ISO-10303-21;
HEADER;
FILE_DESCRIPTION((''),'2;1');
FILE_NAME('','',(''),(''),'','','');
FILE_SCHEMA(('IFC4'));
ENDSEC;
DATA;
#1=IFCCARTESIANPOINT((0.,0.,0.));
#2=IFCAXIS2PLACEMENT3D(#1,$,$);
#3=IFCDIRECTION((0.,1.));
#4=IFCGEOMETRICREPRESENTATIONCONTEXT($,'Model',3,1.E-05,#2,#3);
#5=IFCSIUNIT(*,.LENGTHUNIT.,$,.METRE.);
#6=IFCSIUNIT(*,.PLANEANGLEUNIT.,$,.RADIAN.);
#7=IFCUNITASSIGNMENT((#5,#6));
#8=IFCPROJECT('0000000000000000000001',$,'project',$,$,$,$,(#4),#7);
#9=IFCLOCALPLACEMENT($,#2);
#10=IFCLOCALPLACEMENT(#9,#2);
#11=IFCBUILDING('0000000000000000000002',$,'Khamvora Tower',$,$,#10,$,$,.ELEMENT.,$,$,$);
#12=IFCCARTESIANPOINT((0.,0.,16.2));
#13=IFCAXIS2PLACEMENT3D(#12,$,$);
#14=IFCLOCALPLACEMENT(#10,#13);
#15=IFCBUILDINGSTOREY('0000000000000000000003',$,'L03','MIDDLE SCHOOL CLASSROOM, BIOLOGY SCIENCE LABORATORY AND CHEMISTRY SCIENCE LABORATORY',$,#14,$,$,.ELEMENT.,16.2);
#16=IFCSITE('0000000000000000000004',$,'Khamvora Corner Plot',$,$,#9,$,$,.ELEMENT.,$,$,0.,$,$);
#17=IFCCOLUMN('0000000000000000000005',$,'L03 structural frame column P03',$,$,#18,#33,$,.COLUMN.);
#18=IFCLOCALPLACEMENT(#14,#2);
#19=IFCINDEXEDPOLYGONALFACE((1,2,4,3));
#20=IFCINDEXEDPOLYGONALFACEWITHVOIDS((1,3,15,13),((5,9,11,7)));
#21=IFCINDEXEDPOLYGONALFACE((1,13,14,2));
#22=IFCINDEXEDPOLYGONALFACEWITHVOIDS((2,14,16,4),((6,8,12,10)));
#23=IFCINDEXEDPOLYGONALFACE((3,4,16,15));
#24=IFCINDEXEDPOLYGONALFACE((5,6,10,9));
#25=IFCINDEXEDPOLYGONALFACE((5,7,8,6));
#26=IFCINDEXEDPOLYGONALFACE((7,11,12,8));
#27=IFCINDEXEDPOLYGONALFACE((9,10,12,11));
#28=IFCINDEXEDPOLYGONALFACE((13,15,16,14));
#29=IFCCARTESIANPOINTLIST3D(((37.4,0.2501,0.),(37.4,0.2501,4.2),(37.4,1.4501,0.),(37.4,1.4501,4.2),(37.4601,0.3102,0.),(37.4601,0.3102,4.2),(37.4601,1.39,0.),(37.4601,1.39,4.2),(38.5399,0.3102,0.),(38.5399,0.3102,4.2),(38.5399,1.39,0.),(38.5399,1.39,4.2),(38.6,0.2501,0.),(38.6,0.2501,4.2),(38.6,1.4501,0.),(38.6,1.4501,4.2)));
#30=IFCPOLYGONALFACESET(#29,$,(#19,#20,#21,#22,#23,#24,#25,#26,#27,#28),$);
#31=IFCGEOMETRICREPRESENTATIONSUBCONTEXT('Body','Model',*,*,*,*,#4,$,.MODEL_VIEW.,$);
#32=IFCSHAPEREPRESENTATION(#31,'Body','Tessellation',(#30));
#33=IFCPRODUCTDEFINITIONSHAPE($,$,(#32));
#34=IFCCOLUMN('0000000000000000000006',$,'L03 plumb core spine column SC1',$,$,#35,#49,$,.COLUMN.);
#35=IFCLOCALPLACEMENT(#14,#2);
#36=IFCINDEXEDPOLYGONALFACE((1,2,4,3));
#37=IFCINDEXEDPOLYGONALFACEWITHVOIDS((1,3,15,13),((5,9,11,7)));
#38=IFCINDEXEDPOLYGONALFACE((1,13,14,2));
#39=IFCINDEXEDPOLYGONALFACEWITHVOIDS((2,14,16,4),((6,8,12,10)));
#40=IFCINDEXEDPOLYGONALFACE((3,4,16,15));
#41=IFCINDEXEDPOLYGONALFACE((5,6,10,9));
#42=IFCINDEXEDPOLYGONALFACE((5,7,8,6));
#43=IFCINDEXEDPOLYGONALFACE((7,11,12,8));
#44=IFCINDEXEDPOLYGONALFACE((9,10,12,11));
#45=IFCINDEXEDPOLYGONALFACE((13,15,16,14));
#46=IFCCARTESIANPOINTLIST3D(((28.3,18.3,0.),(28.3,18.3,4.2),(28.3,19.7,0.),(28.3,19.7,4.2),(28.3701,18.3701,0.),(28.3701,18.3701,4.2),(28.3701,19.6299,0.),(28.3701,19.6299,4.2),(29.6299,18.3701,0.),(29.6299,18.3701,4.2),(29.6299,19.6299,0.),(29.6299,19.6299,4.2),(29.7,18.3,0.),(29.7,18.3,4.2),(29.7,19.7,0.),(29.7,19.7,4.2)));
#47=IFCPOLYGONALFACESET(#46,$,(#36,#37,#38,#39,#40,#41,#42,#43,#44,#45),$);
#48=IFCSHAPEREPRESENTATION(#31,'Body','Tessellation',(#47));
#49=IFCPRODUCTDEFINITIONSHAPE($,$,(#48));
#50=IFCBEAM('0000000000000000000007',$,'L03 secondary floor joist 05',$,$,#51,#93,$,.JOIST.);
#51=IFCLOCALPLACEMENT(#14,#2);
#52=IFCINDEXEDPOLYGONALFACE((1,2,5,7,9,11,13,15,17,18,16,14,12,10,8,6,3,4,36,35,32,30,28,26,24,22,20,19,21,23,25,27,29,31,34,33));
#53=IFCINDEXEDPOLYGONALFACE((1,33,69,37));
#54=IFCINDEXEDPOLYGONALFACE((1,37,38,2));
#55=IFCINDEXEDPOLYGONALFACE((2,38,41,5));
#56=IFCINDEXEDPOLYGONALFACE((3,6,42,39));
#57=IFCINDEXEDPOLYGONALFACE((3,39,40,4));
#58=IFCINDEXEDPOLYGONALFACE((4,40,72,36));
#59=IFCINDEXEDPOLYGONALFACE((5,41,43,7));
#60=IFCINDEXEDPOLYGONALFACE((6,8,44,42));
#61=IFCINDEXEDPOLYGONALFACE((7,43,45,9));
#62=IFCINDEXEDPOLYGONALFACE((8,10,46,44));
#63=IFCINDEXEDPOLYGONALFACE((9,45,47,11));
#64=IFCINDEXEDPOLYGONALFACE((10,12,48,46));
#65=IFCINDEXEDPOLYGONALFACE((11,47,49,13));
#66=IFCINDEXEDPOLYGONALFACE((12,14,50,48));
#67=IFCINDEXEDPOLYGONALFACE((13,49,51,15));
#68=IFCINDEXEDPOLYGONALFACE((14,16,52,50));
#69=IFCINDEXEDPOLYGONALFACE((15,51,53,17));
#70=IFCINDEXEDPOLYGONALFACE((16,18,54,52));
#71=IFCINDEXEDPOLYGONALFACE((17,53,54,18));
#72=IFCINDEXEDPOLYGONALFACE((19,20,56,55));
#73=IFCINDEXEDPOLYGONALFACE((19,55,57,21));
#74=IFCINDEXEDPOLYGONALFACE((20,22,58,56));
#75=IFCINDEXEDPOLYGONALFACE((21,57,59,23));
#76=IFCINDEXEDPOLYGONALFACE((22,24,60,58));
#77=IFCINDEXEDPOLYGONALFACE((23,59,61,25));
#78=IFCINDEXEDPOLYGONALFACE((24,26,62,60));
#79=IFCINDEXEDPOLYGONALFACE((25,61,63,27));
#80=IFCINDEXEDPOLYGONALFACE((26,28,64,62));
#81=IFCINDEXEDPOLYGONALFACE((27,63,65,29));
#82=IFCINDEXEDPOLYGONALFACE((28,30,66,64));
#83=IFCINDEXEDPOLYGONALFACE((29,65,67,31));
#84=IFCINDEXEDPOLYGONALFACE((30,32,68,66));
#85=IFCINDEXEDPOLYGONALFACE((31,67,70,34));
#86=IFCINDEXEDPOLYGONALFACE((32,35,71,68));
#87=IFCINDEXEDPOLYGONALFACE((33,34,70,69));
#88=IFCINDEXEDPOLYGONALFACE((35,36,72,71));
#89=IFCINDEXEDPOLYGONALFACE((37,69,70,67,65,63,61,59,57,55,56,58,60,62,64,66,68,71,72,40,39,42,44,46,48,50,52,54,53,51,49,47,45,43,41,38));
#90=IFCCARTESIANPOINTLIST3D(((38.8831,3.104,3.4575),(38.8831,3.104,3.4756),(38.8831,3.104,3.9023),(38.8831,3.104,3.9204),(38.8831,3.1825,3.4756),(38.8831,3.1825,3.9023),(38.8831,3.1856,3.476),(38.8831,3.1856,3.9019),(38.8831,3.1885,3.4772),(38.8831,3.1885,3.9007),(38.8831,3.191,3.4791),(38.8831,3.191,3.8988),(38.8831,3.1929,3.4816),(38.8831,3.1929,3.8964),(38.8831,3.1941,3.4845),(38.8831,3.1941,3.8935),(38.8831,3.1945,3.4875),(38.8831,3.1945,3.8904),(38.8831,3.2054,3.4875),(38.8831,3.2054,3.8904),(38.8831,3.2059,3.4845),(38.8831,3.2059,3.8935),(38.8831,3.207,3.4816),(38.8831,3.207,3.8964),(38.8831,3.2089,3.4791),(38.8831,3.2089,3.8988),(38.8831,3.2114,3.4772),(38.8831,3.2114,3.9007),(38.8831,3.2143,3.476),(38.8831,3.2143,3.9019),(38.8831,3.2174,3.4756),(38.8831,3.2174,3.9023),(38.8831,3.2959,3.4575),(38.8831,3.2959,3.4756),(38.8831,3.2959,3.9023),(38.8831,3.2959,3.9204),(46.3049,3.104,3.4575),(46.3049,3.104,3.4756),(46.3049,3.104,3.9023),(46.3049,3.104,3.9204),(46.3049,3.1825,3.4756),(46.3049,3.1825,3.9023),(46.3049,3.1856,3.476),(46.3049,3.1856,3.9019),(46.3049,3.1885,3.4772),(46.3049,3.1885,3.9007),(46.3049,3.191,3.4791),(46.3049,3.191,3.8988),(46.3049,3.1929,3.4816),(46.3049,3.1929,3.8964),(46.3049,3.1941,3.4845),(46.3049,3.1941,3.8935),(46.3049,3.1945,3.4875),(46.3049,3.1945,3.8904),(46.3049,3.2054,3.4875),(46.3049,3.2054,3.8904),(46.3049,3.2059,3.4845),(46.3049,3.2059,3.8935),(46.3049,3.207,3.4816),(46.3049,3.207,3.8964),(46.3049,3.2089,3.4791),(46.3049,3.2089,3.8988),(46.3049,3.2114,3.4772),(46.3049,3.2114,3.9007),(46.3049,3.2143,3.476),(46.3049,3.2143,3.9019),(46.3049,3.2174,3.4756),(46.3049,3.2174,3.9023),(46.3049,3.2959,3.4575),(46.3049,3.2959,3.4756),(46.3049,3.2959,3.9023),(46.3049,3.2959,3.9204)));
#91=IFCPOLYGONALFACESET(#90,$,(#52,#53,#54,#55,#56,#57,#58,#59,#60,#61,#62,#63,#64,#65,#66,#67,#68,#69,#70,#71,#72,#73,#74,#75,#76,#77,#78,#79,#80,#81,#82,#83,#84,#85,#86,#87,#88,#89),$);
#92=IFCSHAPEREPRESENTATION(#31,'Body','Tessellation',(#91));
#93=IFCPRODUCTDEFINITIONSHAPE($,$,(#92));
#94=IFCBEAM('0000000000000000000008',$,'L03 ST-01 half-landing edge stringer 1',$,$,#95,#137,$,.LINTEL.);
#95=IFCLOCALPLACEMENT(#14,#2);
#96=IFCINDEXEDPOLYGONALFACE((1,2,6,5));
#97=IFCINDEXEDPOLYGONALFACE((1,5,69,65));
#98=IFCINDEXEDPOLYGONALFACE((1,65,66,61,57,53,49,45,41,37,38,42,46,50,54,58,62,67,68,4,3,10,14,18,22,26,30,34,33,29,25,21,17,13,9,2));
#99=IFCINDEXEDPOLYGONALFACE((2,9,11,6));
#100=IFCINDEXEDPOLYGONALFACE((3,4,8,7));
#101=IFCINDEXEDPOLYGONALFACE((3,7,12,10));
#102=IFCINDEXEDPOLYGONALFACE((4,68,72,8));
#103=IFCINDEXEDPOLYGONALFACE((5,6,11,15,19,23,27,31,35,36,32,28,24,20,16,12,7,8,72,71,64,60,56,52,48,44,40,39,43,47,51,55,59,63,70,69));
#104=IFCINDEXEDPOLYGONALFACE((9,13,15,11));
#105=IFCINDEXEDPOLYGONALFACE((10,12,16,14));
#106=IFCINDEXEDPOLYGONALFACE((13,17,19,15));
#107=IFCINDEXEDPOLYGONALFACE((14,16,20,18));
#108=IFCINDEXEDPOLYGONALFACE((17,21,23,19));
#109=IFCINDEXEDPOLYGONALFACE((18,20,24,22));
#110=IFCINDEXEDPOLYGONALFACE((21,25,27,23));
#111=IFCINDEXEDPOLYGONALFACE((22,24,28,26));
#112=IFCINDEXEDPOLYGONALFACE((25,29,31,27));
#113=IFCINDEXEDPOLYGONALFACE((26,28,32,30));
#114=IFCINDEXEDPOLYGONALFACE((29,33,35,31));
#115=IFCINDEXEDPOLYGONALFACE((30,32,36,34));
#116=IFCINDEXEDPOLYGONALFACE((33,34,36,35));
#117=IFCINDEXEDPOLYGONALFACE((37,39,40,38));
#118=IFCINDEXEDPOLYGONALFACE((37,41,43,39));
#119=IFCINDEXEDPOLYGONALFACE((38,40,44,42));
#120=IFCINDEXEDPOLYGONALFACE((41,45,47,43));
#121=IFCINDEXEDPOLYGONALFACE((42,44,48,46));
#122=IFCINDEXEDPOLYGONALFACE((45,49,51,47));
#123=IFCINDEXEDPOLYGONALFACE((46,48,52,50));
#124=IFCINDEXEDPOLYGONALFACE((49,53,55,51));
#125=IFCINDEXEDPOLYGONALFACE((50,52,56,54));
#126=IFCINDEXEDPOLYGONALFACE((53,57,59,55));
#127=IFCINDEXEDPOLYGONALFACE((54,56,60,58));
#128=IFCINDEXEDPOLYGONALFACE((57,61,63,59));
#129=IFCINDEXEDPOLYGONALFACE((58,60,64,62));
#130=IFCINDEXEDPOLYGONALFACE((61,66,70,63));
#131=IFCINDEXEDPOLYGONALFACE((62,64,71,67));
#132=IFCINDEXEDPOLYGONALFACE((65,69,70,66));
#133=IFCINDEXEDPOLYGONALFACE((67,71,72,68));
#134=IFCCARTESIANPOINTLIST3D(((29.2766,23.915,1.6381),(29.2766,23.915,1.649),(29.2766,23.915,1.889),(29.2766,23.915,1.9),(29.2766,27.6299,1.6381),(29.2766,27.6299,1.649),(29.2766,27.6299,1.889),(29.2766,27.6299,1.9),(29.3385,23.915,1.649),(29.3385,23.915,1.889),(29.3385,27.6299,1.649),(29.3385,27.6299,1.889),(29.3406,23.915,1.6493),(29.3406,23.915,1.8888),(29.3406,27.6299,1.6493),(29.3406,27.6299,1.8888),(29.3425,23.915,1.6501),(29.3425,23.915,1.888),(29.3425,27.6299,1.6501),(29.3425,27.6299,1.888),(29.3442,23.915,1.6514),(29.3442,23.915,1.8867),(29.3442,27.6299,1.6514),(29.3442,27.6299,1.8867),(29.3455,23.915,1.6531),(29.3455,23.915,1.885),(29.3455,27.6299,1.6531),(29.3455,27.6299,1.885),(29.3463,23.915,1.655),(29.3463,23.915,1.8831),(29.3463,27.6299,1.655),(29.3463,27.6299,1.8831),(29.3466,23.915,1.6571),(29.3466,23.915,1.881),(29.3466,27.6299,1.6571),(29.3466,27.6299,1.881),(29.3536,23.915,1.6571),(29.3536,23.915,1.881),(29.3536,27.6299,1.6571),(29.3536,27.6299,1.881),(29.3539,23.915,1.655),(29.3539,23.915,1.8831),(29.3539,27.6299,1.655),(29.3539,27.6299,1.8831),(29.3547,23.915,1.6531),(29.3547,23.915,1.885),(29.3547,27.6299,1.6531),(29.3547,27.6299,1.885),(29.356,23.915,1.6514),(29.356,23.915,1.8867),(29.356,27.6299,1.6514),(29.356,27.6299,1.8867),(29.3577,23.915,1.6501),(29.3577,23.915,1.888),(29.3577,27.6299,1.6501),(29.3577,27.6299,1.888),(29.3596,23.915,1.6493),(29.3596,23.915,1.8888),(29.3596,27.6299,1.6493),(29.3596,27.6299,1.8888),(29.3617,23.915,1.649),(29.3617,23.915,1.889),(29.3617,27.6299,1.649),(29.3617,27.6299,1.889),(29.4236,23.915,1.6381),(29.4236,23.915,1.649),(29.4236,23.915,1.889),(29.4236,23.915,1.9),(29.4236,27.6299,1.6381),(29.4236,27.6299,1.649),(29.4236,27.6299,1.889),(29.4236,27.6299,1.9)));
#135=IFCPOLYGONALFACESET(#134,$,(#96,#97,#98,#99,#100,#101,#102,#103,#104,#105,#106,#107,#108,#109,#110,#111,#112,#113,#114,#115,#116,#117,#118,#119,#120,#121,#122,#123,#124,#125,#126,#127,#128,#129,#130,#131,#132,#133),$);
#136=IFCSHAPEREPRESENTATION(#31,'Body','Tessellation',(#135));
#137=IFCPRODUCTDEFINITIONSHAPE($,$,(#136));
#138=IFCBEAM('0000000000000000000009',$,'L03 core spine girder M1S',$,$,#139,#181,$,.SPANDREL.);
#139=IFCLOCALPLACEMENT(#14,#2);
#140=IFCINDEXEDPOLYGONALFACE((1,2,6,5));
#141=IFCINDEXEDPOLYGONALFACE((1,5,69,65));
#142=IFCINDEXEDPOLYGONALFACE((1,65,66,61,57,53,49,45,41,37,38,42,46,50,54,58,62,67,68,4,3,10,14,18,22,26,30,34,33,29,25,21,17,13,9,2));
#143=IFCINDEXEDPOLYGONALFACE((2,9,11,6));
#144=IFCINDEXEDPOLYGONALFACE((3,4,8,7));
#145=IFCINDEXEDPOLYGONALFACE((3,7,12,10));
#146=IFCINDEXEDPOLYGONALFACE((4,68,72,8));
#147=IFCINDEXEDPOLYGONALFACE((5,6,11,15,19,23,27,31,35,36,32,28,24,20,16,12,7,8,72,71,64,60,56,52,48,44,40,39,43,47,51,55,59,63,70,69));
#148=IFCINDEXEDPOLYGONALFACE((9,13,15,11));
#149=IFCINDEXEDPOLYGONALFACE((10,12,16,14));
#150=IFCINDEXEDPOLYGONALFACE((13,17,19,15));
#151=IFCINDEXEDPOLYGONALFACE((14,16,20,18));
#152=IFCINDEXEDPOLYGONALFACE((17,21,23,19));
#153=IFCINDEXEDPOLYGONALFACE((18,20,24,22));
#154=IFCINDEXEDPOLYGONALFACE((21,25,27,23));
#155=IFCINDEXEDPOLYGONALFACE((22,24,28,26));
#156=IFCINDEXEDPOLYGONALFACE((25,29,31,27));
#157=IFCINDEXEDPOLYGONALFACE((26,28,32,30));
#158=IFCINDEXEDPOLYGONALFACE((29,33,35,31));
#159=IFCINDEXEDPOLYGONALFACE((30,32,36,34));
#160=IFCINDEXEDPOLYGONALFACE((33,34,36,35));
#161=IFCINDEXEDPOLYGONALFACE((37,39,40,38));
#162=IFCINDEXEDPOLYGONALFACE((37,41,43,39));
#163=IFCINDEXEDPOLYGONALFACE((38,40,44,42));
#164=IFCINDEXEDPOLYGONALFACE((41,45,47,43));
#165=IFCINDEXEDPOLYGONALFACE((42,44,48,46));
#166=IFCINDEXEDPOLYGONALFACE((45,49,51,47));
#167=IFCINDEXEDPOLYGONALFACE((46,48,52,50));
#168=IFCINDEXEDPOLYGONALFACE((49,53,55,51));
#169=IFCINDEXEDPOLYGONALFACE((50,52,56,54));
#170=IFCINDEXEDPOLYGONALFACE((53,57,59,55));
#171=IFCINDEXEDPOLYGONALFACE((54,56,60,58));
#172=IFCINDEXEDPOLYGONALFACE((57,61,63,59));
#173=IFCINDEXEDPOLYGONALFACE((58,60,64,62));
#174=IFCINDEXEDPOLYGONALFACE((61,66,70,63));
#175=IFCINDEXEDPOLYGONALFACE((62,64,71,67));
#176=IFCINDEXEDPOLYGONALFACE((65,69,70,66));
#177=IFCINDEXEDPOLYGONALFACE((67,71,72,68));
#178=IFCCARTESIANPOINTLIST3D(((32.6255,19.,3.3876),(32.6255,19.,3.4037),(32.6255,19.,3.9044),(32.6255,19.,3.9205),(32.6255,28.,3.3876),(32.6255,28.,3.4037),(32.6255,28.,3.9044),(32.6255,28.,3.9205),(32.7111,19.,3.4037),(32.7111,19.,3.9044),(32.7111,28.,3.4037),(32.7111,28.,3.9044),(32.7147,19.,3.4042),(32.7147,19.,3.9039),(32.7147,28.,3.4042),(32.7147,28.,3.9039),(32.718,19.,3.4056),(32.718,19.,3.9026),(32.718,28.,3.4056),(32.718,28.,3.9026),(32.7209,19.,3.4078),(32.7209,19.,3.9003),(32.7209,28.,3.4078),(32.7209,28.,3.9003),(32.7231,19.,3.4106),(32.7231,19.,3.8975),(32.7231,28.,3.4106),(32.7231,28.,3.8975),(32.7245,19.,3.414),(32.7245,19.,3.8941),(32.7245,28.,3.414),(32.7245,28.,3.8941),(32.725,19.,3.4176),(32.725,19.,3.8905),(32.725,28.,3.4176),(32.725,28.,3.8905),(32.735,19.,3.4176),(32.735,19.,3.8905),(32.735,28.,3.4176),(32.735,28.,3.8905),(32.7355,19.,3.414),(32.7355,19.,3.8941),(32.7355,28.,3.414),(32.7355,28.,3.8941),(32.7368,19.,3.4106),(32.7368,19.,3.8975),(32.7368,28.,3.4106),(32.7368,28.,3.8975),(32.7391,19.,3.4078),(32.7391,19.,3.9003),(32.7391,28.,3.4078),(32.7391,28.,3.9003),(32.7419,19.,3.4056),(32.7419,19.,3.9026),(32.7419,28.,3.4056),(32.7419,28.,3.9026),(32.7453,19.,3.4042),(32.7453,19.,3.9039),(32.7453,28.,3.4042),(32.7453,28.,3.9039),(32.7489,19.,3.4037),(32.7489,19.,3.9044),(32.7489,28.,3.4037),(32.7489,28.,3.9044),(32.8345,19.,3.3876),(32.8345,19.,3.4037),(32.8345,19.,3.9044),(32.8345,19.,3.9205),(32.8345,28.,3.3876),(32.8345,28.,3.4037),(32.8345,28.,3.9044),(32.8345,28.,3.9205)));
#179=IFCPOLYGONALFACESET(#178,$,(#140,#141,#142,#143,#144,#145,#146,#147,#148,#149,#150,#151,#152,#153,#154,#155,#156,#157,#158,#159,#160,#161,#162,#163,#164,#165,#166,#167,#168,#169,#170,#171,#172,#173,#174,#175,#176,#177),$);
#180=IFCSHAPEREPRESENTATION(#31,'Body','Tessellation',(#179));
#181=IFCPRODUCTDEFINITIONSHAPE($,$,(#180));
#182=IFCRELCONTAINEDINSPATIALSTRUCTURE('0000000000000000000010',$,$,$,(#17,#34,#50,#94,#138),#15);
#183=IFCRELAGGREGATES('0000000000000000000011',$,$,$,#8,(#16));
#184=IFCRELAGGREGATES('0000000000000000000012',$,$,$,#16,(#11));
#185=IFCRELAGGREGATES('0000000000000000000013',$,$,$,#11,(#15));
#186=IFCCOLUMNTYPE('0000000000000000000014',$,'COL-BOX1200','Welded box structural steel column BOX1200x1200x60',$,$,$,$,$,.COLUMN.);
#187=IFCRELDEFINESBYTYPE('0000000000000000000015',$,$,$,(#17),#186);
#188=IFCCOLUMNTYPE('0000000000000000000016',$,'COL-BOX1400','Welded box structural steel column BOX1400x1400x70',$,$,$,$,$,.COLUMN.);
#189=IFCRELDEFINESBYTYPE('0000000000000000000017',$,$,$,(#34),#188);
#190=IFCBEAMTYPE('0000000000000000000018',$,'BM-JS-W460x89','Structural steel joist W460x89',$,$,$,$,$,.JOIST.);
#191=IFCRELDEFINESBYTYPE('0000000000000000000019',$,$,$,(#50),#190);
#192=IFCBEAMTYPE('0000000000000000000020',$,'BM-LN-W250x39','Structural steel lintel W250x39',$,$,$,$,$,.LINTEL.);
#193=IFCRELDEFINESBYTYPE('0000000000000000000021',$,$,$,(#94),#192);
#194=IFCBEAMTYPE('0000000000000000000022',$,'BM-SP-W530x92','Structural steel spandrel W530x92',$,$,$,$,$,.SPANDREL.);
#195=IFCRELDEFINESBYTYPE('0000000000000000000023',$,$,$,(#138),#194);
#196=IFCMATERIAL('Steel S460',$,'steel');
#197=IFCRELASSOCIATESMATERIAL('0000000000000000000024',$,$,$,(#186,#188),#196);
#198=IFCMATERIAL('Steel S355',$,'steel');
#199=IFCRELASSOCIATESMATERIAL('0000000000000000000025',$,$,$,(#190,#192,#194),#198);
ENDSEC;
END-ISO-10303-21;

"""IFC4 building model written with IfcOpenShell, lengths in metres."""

from ifc_helpers import new_model, si_unit, direction, frame, origin, origin_2d, place, context, subcontext, project, spatial, hollow_rectangle, i_section, extrude, material, material_profile, profile_set, type_object, element, save


model = new_model("IFC4")

# Units and contexts
model_context = context("Model", 3, precision=1e-05, world=origin(), true_north=direction((0.0, 1.0)))
body_context = subcontext(model_context, "Body", "Model", "MODEL_VIEW")
ifc_project = project(units=[si_unit("LENGTHUNIT", "METRE"), si_unit("PLANEANGLEUNIT", "RADIAN")], contexts=[model_context])

# Site, building, storey
site_placement = place(None, origin())
site = spatial("IfcSite", under=ifc_project, at=site_placement, Name="Khamvora Corner Plot", CompositionType="ELEMENT", RefElevation=0.0)
building_placement = place(site_placement, origin())
building = spatial("IfcBuilding", under=site, at=building_placement, Name="Khamvora Tower", CompositionType="ELEMENT")
storey_placement = place(building_placement, frame((0.0, 0.0, 16.2)))
storey = spatial("IfcBuildingStorey", under=building, at=storey_placement, Name="L03", Description="MIDDLE SCHOOL CLASSROOM, BIOLOGY SCIENCE LABORATORY AND CHEMISTRY SCIENCE LABORATORY", CompositionType="ELEMENT", Elevation=16.2)

# Columns
ifc_material_1 = material(Name="Steel S460", Category="steel")
ifc_material_profile_1 = material_profile(ifc_material_1, hollow_rectangle(XDim=1.2, YDim=1.2, WallThickness=0.0601, at=origin_2d()), Name="BOX1200x1200x60")
ifc_profile_set_1 = profile_set([ifc_material_profile_1], Name="Steel S460")
column_type_1 = type_object("IfcColumnType", Name="COL-BOX1200", Description="Welded box structural steel column BOX1200x1200x60", PredefinedType="COLUMN", material=ifc_profile_set_1)
column_1_placement = place(storey_placement, frame((38.0, 0.8501, 0.0), z_axis=(0.0, 0.0, 1.0), x_axis=(1.0, 0.0, 0.0)))
element("IfcColumn", 1, at=column_1_placement, inside=storey, type_object=column_type_1, Name="L03 structural frame column P03", PredefinedType="COLUMN", context=body_context, shape_type="SweptSolid", body=[
    extrude(hollow_rectangle(XDim=1.2, YDim=1.2, WallThickness=0.0601, at=origin_2d()), origin(), (0.0, 0.0, 1.0), 4.2),
])
ifc_material_profile_2 = material_profile(ifc_material_1, hollow_rectangle(XDim=1.3999, YDim=1.3999, WallThickness=0.0701, at=origin_2d()), Name="BOX1400x1400x70")
ifc_profile_set_2 = profile_set([ifc_material_profile_2], Name="Steel S460")
column_type_2 = type_object("IfcColumnType", Name="COL-BOX1400", Description="Welded box structural steel column BOX1400x1400x70", PredefinedType="COLUMN", material=ifc_profile_set_2)
column_2_placement = place(storey_placement, frame((29.0, 19.0, 0.0), z_axis=(0.0, 0.0, 1.0), x_axis=(1.0, 0.0, 0.0)))
element("IfcColumn", 2, at=column_2_placement, inside=storey, type_object=column_type_2, Name="L03 plumb core spine column SC1", PredefinedType="COLUMN", context=body_context, shape_type="SweptSolid", body=[
    extrude(hollow_rectangle(XDim=1.3999, YDim=1.3999, WallThickness=0.0701, at=origin_2d()), origin(), (0.0, 0.0, 1.0), 4.2),
])

# Beams
ifc_material_2 = material(Name="Steel S355", Category="steel")
ifc_material_profile_3 = material_profile(ifc_material_2, i_section(OverallWidth=0.1919, OverallDepth=0.4629, WebThickness=0.011, FlangeThickness=0.0181, FilletRadius=0.012, at=origin_2d()), Name="W460x89")
ifc_profile_set_3 = profile_set([ifc_material_profile_3], Name="Steel S355")
beam_type_1 = type_object("IfcBeamType", Name="BM-JS-W460x89", Description="Structural steel joist W460x89", PredefinedType="JOIST", material=ifc_profile_set_3)
beam_1_placement = place(storey_placement, frame((38.8831, 3.2, 3.689), z_axis=(1.0, 0.0, 0.0), x_axis=(0.0, 1.0, 0.0)))
element("IfcBeam", 3, at=beam_1_placement, inside=storey, type_object=beam_type_1, Name="L03 secondary floor joist 05", PredefinedType="JOIST", context=body_context, shape_type="SweptSolid", body=[
    extrude(i_section(OverallWidth=0.1919, OverallDepth=0.4629, WebThickness=0.011, FlangeThickness=0.0181, FilletRadius=0.012, at=origin_2d()), origin(), (0.0, 0.0, 1.0), 7.4219),
])
ifc_material_profile_4 = material_profile(ifc_material_2, i_section(OverallWidth=0.147, OverallDepth=0.262, WebThickness=0.0071, FlangeThickness=0.011, FilletRadius=0.0081, at=origin_2d()), Name="W250x39")
ifc_profile_set_4 = profile_set([ifc_material_profile_4], Name="Steel S355")
beam_type_2 = type_object("IfcBeamType", Name="BM-LN-W250x39", Description="Structural steel lintel W250x39", PredefinedType="LINTEL", material=ifc_profile_set_4)
beam_2_placement = place(storey_placement, frame((29.3501, 23.915, 1.769), z_axis=(0.0, 1.0, 0.0), x_axis=(-1.0, 0.0, 0.0)))
element("IfcBeam", 4, at=beam_2_placement, inside=storey, type_object=beam_type_2, Name="L03 ST-01 half-landing edge stringer 1", PredefinedType="LINTEL", context=body_context, shape_type="SweptSolid", body=[
    extrude(i_section(OverallWidth=0.147, OverallDepth=0.262, WebThickness=0.0071, FlangeThickness=0.011, FilletRadius=0.0081, at=origin_2d()), origin(), (0.0, 0.0, 1.0), 3.7148),
])
ifc_material_profile_5 = material_profile(ifc_material_2, i_section(OverallWidth=0.209, OverallDepth=0.533, WebThickness=0.01, FlangeThickness=0.0161, FilletRadius=0.0139, at=origin_2d()), Name="W530x92")
ifc_profile_set_5 = profile_set([ifc_material_profile_5], Name="Steel S355")
beam_type_3 = type_object("IfcBeamType", Name="BM-SP-W530x92", Description="Structural steel spandrel W530x92", PredefinedType="SPANDREL", material=ifc_profile_set_5)
beam_3_placement = place(storey_placement, frame((32.73, 19.0, 3.6541), z_axis=(0.0, 1.0, 0.0), x_axis=(-1.0, 0.0, 0.0)))
element("IfcBeam", 5, at=beam_3_placement, inside=storey, type_object=beam_type_3, Name="L03 core spine girder M1S", PredefinedType="SPANDREL", context=body_context, shape_type="SweptSolid", body=[
    extrude(i_section(OverallWidth=0.209, OverallDepth=0.533, WebThickness=0.01, FlangeThickness=0.0161, FilletRadius=0.0139, at=origin_2d()), origin(), (0.0, 0.0, 1.0), 9.0),
])

save(model, "model.ifc")
